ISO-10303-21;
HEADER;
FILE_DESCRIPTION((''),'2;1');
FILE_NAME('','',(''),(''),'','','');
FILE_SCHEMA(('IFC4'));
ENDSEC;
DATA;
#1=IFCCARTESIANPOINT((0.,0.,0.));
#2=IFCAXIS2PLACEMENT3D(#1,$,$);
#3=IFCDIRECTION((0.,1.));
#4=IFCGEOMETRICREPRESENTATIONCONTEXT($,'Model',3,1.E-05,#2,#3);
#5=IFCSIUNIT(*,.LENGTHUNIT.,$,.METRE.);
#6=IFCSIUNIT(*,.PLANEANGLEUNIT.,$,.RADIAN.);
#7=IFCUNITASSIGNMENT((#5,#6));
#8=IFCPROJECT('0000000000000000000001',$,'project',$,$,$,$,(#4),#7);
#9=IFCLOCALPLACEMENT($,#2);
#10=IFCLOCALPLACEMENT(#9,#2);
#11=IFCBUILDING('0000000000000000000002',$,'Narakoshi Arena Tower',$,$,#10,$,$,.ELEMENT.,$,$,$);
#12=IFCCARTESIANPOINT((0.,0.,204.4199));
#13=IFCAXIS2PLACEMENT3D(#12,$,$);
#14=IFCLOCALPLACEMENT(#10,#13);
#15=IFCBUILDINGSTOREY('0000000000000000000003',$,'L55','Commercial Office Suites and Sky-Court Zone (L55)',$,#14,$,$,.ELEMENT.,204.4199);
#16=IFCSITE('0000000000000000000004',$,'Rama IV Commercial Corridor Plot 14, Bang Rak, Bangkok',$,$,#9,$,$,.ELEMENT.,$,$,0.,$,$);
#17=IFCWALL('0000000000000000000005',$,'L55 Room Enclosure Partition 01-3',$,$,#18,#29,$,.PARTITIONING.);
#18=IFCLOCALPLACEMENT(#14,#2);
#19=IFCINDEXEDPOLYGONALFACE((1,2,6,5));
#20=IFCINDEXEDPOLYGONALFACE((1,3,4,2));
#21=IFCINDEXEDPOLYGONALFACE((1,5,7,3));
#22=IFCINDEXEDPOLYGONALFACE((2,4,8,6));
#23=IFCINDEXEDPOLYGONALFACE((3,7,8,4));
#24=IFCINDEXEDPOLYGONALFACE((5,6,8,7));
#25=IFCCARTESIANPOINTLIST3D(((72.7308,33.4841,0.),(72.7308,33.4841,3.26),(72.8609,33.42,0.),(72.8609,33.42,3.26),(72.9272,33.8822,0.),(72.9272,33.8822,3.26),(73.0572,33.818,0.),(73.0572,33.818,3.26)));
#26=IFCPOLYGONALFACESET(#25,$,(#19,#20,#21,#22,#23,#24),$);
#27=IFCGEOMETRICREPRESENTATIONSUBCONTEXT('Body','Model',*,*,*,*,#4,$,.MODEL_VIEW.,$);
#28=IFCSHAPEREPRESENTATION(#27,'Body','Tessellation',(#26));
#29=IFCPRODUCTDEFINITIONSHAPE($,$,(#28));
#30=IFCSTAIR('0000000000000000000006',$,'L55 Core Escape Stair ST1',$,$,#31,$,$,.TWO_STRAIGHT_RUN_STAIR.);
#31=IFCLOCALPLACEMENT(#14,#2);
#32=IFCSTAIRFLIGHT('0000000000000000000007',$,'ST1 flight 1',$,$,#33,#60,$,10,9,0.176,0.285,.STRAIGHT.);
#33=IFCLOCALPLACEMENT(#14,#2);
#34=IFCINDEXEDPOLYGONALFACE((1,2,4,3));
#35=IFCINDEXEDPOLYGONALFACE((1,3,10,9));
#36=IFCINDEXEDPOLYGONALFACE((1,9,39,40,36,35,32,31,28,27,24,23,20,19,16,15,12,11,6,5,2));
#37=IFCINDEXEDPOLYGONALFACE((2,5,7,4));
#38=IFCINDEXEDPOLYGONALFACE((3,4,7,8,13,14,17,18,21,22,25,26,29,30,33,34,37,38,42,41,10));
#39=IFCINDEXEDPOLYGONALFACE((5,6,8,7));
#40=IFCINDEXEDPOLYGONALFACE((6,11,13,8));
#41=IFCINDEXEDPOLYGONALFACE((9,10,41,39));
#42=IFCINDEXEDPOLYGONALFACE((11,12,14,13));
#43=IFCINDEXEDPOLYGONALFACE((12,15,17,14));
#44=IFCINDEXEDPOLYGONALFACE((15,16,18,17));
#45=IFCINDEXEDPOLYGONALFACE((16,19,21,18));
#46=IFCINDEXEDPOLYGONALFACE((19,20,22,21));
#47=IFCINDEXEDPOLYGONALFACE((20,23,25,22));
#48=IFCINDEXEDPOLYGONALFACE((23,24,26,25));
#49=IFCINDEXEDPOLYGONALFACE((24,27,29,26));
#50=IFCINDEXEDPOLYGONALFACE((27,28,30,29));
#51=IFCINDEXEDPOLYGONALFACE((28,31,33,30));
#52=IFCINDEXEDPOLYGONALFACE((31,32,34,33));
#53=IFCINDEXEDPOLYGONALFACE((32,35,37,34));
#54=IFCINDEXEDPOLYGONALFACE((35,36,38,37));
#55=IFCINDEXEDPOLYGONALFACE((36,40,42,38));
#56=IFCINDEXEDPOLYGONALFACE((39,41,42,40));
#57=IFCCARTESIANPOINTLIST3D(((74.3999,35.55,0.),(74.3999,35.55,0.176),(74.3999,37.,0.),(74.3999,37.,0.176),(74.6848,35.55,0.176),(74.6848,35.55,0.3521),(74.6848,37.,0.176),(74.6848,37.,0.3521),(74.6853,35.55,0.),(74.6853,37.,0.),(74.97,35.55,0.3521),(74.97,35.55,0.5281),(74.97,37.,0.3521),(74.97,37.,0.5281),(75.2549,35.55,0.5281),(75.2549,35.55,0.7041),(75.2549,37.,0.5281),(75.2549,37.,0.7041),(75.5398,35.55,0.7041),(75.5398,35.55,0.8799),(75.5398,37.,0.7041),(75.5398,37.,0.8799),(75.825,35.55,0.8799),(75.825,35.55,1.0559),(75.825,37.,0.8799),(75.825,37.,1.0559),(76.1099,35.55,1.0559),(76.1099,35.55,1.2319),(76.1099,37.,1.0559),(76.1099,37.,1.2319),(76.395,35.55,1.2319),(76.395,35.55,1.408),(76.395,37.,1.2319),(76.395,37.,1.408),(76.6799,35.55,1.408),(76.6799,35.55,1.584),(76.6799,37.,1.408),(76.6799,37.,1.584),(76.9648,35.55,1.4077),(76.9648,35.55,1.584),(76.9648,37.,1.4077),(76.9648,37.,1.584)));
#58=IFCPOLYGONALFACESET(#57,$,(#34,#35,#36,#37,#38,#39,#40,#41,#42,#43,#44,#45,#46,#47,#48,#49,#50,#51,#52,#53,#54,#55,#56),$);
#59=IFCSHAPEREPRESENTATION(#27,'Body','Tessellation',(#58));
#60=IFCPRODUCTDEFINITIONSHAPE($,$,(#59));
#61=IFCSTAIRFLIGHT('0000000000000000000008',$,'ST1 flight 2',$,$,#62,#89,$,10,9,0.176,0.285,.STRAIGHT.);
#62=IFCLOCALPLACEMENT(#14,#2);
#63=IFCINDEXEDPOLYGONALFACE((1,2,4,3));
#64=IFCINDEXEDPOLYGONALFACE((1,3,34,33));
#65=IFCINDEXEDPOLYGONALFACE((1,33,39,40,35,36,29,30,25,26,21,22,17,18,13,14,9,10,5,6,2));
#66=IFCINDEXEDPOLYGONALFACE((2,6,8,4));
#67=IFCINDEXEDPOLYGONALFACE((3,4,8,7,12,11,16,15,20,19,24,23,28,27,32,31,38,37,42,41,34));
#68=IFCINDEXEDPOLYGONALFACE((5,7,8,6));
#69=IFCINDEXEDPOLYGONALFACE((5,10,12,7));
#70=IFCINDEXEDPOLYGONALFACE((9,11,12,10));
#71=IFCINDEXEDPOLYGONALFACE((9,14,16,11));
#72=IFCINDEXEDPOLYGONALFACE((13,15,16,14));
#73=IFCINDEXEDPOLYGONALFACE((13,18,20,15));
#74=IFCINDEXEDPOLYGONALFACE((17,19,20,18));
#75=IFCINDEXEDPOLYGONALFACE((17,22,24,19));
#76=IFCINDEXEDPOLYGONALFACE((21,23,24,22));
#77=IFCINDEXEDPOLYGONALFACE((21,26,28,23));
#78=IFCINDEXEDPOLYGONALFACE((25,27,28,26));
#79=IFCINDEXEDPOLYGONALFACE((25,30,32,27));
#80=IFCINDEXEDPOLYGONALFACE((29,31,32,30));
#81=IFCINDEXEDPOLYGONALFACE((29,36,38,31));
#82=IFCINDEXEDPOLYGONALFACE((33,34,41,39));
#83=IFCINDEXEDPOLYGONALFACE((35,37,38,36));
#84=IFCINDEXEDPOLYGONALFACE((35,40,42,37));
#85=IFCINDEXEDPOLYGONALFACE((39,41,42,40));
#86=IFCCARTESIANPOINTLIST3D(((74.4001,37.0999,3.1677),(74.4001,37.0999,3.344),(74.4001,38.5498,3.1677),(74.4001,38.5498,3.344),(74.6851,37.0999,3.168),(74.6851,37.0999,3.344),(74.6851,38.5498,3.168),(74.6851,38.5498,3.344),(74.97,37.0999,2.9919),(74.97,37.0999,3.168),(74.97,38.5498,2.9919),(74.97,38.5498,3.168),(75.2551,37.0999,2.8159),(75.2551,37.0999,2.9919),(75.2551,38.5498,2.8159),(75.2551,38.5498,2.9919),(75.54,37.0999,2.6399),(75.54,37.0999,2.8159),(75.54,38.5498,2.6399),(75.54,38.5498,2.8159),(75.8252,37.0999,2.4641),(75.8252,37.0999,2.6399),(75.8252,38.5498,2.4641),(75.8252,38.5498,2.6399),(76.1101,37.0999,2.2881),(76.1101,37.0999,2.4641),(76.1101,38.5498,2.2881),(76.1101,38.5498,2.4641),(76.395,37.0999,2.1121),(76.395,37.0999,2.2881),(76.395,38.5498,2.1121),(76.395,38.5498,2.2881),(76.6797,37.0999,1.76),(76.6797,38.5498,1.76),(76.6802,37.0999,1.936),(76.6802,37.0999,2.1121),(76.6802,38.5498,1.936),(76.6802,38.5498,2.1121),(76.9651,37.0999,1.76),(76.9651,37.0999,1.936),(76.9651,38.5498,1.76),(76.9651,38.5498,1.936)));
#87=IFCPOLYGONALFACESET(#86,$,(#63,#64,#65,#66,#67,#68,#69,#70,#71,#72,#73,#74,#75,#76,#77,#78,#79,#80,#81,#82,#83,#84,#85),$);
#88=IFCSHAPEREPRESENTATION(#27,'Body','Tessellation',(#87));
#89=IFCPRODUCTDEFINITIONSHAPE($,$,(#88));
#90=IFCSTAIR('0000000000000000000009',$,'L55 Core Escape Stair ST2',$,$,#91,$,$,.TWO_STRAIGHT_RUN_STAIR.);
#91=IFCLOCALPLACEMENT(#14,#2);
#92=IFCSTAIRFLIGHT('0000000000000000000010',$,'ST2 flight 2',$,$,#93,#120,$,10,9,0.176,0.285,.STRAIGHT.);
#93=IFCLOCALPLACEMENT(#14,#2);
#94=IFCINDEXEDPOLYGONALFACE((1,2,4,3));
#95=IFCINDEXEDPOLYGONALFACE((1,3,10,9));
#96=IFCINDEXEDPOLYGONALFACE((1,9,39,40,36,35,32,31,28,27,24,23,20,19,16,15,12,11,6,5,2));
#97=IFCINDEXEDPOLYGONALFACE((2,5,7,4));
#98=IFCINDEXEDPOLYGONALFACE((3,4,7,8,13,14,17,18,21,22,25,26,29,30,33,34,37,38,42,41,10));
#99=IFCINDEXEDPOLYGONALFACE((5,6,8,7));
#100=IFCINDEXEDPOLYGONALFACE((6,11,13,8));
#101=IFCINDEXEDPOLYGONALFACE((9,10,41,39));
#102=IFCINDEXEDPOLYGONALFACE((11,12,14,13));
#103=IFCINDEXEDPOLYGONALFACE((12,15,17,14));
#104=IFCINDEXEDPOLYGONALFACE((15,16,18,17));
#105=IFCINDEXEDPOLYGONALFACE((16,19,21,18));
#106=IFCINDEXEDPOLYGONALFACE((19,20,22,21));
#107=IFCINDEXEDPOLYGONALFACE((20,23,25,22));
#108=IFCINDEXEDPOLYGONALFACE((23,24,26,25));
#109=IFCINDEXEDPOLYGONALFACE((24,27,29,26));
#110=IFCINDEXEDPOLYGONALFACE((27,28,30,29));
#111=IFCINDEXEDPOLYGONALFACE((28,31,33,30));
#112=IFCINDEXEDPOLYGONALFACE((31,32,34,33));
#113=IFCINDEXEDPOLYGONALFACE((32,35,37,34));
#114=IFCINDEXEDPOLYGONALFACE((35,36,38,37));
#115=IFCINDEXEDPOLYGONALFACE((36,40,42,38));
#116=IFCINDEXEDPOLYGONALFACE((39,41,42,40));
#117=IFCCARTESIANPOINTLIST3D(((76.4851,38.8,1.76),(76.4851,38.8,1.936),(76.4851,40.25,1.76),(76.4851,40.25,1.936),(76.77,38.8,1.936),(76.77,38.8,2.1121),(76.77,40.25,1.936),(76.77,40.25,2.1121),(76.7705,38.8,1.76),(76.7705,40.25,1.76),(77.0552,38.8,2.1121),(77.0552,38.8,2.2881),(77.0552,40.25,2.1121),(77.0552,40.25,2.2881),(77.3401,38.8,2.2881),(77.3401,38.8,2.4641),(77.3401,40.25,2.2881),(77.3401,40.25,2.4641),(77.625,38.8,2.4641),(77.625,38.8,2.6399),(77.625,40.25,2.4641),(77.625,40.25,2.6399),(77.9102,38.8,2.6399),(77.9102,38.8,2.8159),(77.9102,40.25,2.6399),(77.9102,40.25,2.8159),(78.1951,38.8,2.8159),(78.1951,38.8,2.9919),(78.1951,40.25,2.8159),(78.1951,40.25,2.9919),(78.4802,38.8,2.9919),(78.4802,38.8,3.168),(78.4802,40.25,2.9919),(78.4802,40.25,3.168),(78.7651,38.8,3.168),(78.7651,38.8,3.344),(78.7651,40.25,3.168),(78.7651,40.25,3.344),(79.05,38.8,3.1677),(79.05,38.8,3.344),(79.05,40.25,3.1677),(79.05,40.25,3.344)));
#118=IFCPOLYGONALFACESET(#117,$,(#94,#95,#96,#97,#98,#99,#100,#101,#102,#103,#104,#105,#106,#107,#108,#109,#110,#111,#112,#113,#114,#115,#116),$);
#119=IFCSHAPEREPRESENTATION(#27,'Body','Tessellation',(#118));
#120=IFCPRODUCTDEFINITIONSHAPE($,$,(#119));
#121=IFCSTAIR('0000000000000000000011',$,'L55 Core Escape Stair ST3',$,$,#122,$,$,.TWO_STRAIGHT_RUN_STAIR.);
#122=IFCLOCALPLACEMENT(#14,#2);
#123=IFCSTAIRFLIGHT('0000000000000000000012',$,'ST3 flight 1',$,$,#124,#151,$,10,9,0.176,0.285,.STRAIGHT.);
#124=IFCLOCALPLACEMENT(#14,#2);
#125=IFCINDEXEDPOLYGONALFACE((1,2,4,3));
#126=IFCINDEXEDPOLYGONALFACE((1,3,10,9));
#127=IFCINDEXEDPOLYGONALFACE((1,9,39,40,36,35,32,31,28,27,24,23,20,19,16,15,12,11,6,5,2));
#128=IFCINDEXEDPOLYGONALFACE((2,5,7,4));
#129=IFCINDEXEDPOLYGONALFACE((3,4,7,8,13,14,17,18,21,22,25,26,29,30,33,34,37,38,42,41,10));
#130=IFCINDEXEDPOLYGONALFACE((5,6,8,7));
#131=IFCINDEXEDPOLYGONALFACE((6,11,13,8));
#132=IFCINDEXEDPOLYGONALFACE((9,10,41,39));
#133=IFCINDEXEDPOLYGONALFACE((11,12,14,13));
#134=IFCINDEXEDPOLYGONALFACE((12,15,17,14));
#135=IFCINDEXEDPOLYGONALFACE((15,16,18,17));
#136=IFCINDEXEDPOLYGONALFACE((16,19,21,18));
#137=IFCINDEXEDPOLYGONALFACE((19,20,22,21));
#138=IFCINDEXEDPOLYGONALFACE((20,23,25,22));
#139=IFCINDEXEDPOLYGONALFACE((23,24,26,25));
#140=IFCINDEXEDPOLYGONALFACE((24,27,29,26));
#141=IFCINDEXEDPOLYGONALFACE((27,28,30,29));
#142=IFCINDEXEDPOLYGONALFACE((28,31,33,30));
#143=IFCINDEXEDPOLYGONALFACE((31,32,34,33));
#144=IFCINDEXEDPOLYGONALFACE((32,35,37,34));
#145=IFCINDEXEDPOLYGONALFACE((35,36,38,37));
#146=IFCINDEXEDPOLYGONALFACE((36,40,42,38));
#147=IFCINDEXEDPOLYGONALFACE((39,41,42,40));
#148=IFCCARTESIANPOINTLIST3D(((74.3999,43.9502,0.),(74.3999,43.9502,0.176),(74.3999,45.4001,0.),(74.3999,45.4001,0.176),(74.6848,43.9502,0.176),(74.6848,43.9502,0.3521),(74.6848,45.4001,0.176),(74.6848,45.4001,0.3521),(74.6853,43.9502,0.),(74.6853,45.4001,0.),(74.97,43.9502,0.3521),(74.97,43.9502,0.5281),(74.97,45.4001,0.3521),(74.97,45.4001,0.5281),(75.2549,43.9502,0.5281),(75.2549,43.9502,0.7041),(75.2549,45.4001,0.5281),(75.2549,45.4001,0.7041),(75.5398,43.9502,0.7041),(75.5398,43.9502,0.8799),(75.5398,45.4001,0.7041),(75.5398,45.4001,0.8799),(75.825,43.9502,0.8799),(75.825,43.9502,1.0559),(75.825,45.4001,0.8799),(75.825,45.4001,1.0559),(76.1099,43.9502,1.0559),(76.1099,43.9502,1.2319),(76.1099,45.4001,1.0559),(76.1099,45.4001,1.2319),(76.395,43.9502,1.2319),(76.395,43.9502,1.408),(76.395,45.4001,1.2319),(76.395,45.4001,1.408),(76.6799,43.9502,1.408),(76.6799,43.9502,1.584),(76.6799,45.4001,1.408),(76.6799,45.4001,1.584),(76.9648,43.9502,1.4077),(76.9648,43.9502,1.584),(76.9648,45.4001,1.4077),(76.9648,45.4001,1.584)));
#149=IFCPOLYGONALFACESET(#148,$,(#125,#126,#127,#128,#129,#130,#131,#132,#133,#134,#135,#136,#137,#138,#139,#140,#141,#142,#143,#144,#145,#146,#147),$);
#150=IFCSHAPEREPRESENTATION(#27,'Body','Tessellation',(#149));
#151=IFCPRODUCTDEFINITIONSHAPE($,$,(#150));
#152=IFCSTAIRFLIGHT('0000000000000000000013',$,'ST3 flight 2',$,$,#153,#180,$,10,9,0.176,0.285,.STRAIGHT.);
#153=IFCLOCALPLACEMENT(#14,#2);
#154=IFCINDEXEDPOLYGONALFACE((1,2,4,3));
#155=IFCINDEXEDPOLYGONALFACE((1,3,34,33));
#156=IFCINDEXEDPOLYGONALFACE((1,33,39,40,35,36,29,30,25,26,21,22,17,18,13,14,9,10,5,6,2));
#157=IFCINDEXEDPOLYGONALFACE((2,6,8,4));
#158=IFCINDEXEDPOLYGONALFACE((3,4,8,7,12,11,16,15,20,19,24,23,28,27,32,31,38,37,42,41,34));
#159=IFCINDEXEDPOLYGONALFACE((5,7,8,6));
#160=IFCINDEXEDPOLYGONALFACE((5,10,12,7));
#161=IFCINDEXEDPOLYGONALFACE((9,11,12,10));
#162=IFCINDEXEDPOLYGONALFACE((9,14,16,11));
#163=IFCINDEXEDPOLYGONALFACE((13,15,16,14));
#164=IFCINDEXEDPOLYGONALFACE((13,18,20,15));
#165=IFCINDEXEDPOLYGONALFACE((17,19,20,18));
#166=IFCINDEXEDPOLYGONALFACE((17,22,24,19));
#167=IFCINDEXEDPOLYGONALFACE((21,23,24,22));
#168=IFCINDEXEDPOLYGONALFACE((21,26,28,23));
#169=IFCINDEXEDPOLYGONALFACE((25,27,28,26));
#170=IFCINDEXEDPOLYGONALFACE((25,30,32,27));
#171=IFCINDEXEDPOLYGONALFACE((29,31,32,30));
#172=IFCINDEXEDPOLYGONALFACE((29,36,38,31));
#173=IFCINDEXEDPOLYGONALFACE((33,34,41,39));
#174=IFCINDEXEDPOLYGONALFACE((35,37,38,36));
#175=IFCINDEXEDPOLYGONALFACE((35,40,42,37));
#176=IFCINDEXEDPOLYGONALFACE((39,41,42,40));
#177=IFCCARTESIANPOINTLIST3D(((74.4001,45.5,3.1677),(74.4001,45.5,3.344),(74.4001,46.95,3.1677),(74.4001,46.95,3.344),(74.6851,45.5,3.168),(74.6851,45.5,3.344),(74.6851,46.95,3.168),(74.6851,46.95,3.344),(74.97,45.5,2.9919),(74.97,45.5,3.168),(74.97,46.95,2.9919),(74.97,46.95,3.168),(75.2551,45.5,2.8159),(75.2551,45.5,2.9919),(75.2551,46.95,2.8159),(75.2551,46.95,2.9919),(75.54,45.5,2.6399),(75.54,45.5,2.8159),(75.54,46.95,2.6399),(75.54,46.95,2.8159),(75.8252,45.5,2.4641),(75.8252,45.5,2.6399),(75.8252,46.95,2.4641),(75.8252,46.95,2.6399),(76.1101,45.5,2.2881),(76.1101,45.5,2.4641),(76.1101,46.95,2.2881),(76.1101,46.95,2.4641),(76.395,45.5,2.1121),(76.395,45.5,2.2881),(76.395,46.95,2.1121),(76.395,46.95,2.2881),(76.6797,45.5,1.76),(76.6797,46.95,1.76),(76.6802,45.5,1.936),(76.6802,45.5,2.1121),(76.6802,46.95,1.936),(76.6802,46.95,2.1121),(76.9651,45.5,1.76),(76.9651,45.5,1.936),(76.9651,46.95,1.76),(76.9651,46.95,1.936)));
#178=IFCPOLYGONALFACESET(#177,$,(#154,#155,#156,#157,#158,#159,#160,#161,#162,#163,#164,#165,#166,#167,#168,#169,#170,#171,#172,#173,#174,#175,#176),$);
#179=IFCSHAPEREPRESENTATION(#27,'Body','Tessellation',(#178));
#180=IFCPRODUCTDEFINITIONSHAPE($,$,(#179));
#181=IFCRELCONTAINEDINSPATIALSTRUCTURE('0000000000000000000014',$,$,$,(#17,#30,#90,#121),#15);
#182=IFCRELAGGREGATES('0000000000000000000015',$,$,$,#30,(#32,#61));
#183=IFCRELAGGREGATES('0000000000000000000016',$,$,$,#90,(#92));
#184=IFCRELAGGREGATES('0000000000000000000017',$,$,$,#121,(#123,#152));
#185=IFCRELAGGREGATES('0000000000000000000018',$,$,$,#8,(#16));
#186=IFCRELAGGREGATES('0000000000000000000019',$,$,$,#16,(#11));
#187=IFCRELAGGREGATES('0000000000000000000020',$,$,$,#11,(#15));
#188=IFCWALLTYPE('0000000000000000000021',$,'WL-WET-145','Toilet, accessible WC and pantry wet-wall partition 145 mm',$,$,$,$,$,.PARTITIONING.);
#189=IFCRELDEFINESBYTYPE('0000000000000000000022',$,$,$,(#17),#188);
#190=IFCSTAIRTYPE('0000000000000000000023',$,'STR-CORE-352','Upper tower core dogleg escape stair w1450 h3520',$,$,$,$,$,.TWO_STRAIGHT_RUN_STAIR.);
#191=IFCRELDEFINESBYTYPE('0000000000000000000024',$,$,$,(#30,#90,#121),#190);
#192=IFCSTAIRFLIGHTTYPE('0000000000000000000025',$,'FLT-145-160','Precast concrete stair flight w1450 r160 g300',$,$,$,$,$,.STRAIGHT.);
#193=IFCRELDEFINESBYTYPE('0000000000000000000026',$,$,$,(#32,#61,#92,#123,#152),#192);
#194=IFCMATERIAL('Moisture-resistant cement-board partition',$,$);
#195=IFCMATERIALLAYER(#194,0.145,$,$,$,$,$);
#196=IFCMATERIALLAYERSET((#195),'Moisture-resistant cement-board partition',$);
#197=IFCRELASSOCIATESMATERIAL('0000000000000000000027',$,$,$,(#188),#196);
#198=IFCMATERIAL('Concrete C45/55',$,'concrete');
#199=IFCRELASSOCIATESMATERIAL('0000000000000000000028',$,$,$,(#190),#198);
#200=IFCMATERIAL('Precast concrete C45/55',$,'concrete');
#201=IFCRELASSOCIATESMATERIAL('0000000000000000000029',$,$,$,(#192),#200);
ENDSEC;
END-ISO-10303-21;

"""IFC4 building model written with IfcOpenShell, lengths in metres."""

from ifc_helpers import new_model, si_unit, direction, frame, frame_2d, origin, place, context, subcontext, project, spatial, polyline, rectangle, outline, extrude, material, layer, layer_set, type_object, element, aggregate, save


model = new_model("IFC4")

# Units and contexts
model_context = context("Model", 3, precision=1e-05, world=origin(), true_north=direction((0.0, 1.0)))
body_context = subcontext(model_context, "Body", "Model", "MODEL_VIEW")
ifc_project = project(units=[si_unit("LENGTHUNIT", "METRE"), si_unit("PLANEANGLEUNIT", "RADIAN")], contexts=[model_context])

# Site, building, storey
site_placement = place(None, origin())
site = spatial("IfcSite", under=ifc_project, at=site_placement, Name="Rama IV Commercial Corridor Plot 14, Bang Rak, Bangkok", CompositionType="ELEMENT", RefElevation=0.0)
building_placement = place(site_placement, origin())
building = spatial("IfcBuilding", under=site, at=building_placement, Name="Narakoshi Arena Tower", CompositionType="ELEMENT")
storey_placement = place(building_placement, frame((0.0, 0.0, 204.4199)))
storey = spatial("IfcBuildingStorey", under=building, at=storey_placement, Name="L55", Description="Commercial Office Suites and Sky-Court Zone (L55)", CompositionType="ELEMENT", Elevation=204.4199)

# Shared definitions
ifc_material_1 = material(Name="Precast concrete C45/55", Category="concrete")

# Wall
ifc_material_2 = material(Name="Moisture-resistant cement-board partition")
ifc_layer_1 = layer(ifc_material_2, 0.145)
ifc_layer_set_1 = layer_set([ifc_layer_1], Name="Moisture-resistant cement-board partition")
wall_type_1 = type_object("IfcWallType", Name="WL-WET-145", Description="Toilet, accessible WC and pantry wet-wall partition 145 mm", PredefinedType="PARTITIONING", material=ifc_layer_set_1)
wall_1_placement = place(storey_placement, frame((72.9922, 33.8501, 0.0), z_axis=(0.0, 0.0, 1.0), x_axis=(-0.442365, -0.896835, 0.0)))
element("IfcWall", 1, at=wall_1_placement, inside=storey, type_object=wall_type_1, Name="L55 Room Enclosure Partition 01-3", PredefinedType="PARTITIONING", context=body_context, shape_type="SweptSolid", body=[
    extrude(rectangle(XDim=0.4438, YDim=0.145, at=frame_2d((0.2219, 0.0))), origin(), (0.0, 0.0, 1.0), 3.26),
])

# Stair, stair flights
ifc_material_3 = material(Name="Concrete C45/55", Category="concrete")
stair_type = type_object("IfcStairType", Name="STR-CORE-352", Description="Upper tower core dogleg escape stair w1450 h3520", PredefinedType="TWO_STRAIGHT_RUN_STAIR", material=ifc_material_3)
stair_1_placement = place(storey_placement, origin())
stair_1 = element("IfcStair", 2, at=stair_1_placement, inside=storey, type_object=stair_type, Name="L55 Core Escape Stair ST1", PredefinedType="TWO_STRAIGHT_RUN_STAIR")
stair_flight_type = type_object("IfcStairFlightType", Name="FLT-145-160", Description="Precast concrete stair flight w1450 r160 g300", PredefinedType="STRAIGHT", material=ifc_material_1)
stair_flight_1_placement = place(storey_placement, frame((74.3999, 36.2749, 0.0), z_axis=(0.0, 0.0, 1.0), x_axis=(1.0, 0.0, 0.0)))
stair_flight_1 = element("IfcStairFlight", 3, at=stair_flight_1_placement, type_object=stair_flight_type, Name="ST1 flight 1", NumberOfRisers=10, NumberOfTreads=9, PredefinedType="STRAIGHT", RiserHeight=0.176, TreadLength=0.285, context=body_context, shape_type="SweptSolid", body=[
    extrude(outline(polyline([(0.0, 0.0), (0.0, 0.176), (0.2849, 0.176), (0.2849, 0.3521), (0.5701, 0.3521), (0.5701, 0.5281), (0.855, 0.5281), (0.855, 0.7041), (1.1399, 0.7041), (1.1399, 0.8799), (1.425, 0.8799), (1.425, 1.0559), (1.71, 1.0559), (1.71, 1.2319), (1.9951, 1.2319), (1.9951, 1.408), (2.28, 1.408), (2.28, 1.584), (2.5649, 1.584), (2.5649, 1.76), (2.5649, 1.4077), (0.2854, 0.0), (0.0, 0.0)])), frame((0.0, 0.7251, 0.0), z_axis=(0.0, -1.0, 0.0), x_axis=(1.0, 0.0, 0.0)), (0.0, 0.0, 1.0), 1.45),
])
stair_flight_2_placement = place(storey_placement, frame((76.9651, 37.825, 1.76), z_axis=(0.0, 0.0, 1.0), x_axis=(-1.0, 0.0, 0.0)))
stair_flight_2 = element("IfcStairFlight", 4, at=stair_flight_2_placement, type_object=stair_flight_type, Name="ST1 flight 2", NumberOfRisers=10, NumberOfTreads=9, PredefinedType="STRAIGHT", RiserHeight=0.176, TreadLength=0.285, context=body_context, shape_type="SweptSolid", body=[
    extrude(outline(polyline([(0.0, 0.0), (0.0, 0.176), (0.2849, 0.176), (0.2849, 0.3521), (0.5701, 0.3521), (0.5701, 0.5281), (0.855, 0.5281), (0.855, 0.7041), (1.1399, 0.7041), (1.1399, 0.8799), (1.425, 0.8799), (1.425, 1.0559), (1.71, 1.0559), (1.71, 1.2319), (1.9951, 1.2319), (1.9951, 1.408), (2.28, 1.408), (2.28, 1.584), (2.5649, 1.584), (2.5649, 1.76), (2.5649, 1.4077), (0.2854, 0.0), (0.0, 0.0)])), frame((0.0, 0.7251, 0.0), z_axis=(0.0, -1.0, 0.0), x_axis=(1.0, 0.0, 0.0)), (0.0, 0.0, 1.0), 1.45),
])
aggregate(stair_1, [stair_flight_1, stair_flight_2])

# Stair, stair flight
stair_2_placement = place(storey_placement, origin())
stair_2 = element("IfcStair", 5, at=stair_2_placement, inside=storey, type_object=stair_type, Name="L55 Core Escape Stair ST2", PredefinedType="TWO_STRAIGHT_RUN_STAIR")
stair_flight_3_placement = place(storey_placement, frame((76.4851, 39.5249, 1.76), z_axis=(0.0, 0.0, 1.0), x_axis=(1.0, 0.0, 0.0)))
stair_flight_3 = element("IfcStairFlight", 6, at=stair_flight_3_placement, type_object=stair_flight_type, Name="ST2 flight 2", NumberOfRisers=10, NumberOfTreads=9, PredefinedType="STRAIGHT", RiserHeight=0.176, TreadLength=0.285, context=body_context, shape_type="SweptSolid", body=[
    extrude(outline(polyline([(0.0, 0.0), (0.0, 0.176), (0.2849, 0.176), (0.2849, 0.3521), (0.5701, 0.3521), (0.5701, 0.5281), (0.855, 0.5281), (0.855, 0.7041), (1.1399, 0.7041), (1.1399, 0.8799), (1.425, 0.8799), (1.425, 1.0559), (1.71, 1.0559), (1.71, 1.2319), (1.9951, 1.2319), (1.9951, 1.408), (2.28, 1.408), (2.28, 1.584), (2.5649, 1.584), (2.5649, 1.76), (2.5649, 1.4077), (0.2854, 0.0), (0.0, 0.0)])), frame((0.0, 0.7251, 0.0), z_axis=(0.0, -1.0, 0.0), x_axis=(1.0, 0.0, 0.0)), (0.0, 0.0, 1.0), 1.45),
])
aggregate(stair_2, [stair_flight_3])

# Stair, stair flights
stair_3_placement = place(storey_placement, origin())
stair_3 = element("IfcStair", 7, at=stair_3_placement, inside=storey, type_object=stair_type, Name="L55 Core Escape Stair ST3", PredefinedType="TWO_STRAIGHT_RUN_STAIR")
stair_flight_4_placement = place(storey_placement, frame((74.3999, 44.675, 0.0), z_axis=(0.0, 0.0, 1.0), x_axis=(1.0, 0.0, 0.0)))
stair_flight_4 = element("IfcStairFlight", 8, at=stair_flight_4_placement, type_object=stair_flight_type, Name="ST3 flight 1", NumberOfRisers=10, NumberOfTreads=9, PredefinedType="STRAIGHT", RiserHeight=0.176, TreadLength=0.285, context=body_context, shape_type="SweptSolid", body=[
    extrude(outline(polyline([(0.0, 0.0), (0.0, 0.176), (0.2849, 0.176), (0.2849, 0.3521), (0.5701, 0.3521), (0.5701, 0.5281), (0.855, 0.5281), (0.855, 0.7041), (1.1399, 0.7041), (1.1399, 0.8799), (1.425, 0.8799), (1.425, 1.0559), (1.71, 1.0559), (1.71, 1.2319), (1.9951, 1.2319), (1.9951, 1.408), (2.28, 1.408), (2.28, 1.584), (2.5649, 1.584), (2.5649, 1.76), (2.5649, 1.4077), (0.2854, 0.0), (0.0, 0.0)])), frame((0.0, 0.7251, 0.0), z_axis=(0.0, -1.0, 0.0), x_axis=(1.0, 0.0, 0.0)), (0.0, 0.0, 1.0), 1.45),
])
stair_flight_5_placement = place(storey_placement, frame((76.9651, 46.2251, 1.76), z_axis=(0.0, 0.0, 1.0), x_axis=(-1.0, 0.0, 0.0)))
stair_flight_5 = element("IfcStairFlight", 9, at=stair_flight_5_placement, type_object=stair_flight_type, Name="ST3 flight 2", NumberOfRisers=10, NumberOfTreads=9, PredefinedType="STRAIGHT", RiserHeight=0.176, TreadLength=0.285, context=body_context, shape_type="SweptSolid", body=[
    extrude(outline(polyline([(0.0, 0.0), (0.0, 0.176), (0.2849, 0.176), (0.2849, 0.3521), (0.5701, 0.3521), (0.5701, 0.5281), (0.855, 0.5281), (0.855, 0.7041), (1.1399, 0.7041), (1.1399, 0.8799), (1.425, 0.8799), (1.425, 1.0559), (1.71, 1.0559), (1.71, 1.2319), (1.9951, 1.2319), (1.9951, 1.408), (2.28, 1.408), (2.28, 1.584), (2.5649, 1.584), (2.5649, 1.76), (2.5649, 1.4077), (0.2854, 0.0), (0.0, 0.0)])), frame((0.0, 0.7251, 0.0), z_axis=(0.0, -1.0, 0.0), x_axis=(1.0, 0.0, 0.0)), (0.0, 0.0, 1.0), 1.45),
])
aggregate(stair_3, [stair_flight_4, stair_flight_5])

save(model, "model.ifc")
